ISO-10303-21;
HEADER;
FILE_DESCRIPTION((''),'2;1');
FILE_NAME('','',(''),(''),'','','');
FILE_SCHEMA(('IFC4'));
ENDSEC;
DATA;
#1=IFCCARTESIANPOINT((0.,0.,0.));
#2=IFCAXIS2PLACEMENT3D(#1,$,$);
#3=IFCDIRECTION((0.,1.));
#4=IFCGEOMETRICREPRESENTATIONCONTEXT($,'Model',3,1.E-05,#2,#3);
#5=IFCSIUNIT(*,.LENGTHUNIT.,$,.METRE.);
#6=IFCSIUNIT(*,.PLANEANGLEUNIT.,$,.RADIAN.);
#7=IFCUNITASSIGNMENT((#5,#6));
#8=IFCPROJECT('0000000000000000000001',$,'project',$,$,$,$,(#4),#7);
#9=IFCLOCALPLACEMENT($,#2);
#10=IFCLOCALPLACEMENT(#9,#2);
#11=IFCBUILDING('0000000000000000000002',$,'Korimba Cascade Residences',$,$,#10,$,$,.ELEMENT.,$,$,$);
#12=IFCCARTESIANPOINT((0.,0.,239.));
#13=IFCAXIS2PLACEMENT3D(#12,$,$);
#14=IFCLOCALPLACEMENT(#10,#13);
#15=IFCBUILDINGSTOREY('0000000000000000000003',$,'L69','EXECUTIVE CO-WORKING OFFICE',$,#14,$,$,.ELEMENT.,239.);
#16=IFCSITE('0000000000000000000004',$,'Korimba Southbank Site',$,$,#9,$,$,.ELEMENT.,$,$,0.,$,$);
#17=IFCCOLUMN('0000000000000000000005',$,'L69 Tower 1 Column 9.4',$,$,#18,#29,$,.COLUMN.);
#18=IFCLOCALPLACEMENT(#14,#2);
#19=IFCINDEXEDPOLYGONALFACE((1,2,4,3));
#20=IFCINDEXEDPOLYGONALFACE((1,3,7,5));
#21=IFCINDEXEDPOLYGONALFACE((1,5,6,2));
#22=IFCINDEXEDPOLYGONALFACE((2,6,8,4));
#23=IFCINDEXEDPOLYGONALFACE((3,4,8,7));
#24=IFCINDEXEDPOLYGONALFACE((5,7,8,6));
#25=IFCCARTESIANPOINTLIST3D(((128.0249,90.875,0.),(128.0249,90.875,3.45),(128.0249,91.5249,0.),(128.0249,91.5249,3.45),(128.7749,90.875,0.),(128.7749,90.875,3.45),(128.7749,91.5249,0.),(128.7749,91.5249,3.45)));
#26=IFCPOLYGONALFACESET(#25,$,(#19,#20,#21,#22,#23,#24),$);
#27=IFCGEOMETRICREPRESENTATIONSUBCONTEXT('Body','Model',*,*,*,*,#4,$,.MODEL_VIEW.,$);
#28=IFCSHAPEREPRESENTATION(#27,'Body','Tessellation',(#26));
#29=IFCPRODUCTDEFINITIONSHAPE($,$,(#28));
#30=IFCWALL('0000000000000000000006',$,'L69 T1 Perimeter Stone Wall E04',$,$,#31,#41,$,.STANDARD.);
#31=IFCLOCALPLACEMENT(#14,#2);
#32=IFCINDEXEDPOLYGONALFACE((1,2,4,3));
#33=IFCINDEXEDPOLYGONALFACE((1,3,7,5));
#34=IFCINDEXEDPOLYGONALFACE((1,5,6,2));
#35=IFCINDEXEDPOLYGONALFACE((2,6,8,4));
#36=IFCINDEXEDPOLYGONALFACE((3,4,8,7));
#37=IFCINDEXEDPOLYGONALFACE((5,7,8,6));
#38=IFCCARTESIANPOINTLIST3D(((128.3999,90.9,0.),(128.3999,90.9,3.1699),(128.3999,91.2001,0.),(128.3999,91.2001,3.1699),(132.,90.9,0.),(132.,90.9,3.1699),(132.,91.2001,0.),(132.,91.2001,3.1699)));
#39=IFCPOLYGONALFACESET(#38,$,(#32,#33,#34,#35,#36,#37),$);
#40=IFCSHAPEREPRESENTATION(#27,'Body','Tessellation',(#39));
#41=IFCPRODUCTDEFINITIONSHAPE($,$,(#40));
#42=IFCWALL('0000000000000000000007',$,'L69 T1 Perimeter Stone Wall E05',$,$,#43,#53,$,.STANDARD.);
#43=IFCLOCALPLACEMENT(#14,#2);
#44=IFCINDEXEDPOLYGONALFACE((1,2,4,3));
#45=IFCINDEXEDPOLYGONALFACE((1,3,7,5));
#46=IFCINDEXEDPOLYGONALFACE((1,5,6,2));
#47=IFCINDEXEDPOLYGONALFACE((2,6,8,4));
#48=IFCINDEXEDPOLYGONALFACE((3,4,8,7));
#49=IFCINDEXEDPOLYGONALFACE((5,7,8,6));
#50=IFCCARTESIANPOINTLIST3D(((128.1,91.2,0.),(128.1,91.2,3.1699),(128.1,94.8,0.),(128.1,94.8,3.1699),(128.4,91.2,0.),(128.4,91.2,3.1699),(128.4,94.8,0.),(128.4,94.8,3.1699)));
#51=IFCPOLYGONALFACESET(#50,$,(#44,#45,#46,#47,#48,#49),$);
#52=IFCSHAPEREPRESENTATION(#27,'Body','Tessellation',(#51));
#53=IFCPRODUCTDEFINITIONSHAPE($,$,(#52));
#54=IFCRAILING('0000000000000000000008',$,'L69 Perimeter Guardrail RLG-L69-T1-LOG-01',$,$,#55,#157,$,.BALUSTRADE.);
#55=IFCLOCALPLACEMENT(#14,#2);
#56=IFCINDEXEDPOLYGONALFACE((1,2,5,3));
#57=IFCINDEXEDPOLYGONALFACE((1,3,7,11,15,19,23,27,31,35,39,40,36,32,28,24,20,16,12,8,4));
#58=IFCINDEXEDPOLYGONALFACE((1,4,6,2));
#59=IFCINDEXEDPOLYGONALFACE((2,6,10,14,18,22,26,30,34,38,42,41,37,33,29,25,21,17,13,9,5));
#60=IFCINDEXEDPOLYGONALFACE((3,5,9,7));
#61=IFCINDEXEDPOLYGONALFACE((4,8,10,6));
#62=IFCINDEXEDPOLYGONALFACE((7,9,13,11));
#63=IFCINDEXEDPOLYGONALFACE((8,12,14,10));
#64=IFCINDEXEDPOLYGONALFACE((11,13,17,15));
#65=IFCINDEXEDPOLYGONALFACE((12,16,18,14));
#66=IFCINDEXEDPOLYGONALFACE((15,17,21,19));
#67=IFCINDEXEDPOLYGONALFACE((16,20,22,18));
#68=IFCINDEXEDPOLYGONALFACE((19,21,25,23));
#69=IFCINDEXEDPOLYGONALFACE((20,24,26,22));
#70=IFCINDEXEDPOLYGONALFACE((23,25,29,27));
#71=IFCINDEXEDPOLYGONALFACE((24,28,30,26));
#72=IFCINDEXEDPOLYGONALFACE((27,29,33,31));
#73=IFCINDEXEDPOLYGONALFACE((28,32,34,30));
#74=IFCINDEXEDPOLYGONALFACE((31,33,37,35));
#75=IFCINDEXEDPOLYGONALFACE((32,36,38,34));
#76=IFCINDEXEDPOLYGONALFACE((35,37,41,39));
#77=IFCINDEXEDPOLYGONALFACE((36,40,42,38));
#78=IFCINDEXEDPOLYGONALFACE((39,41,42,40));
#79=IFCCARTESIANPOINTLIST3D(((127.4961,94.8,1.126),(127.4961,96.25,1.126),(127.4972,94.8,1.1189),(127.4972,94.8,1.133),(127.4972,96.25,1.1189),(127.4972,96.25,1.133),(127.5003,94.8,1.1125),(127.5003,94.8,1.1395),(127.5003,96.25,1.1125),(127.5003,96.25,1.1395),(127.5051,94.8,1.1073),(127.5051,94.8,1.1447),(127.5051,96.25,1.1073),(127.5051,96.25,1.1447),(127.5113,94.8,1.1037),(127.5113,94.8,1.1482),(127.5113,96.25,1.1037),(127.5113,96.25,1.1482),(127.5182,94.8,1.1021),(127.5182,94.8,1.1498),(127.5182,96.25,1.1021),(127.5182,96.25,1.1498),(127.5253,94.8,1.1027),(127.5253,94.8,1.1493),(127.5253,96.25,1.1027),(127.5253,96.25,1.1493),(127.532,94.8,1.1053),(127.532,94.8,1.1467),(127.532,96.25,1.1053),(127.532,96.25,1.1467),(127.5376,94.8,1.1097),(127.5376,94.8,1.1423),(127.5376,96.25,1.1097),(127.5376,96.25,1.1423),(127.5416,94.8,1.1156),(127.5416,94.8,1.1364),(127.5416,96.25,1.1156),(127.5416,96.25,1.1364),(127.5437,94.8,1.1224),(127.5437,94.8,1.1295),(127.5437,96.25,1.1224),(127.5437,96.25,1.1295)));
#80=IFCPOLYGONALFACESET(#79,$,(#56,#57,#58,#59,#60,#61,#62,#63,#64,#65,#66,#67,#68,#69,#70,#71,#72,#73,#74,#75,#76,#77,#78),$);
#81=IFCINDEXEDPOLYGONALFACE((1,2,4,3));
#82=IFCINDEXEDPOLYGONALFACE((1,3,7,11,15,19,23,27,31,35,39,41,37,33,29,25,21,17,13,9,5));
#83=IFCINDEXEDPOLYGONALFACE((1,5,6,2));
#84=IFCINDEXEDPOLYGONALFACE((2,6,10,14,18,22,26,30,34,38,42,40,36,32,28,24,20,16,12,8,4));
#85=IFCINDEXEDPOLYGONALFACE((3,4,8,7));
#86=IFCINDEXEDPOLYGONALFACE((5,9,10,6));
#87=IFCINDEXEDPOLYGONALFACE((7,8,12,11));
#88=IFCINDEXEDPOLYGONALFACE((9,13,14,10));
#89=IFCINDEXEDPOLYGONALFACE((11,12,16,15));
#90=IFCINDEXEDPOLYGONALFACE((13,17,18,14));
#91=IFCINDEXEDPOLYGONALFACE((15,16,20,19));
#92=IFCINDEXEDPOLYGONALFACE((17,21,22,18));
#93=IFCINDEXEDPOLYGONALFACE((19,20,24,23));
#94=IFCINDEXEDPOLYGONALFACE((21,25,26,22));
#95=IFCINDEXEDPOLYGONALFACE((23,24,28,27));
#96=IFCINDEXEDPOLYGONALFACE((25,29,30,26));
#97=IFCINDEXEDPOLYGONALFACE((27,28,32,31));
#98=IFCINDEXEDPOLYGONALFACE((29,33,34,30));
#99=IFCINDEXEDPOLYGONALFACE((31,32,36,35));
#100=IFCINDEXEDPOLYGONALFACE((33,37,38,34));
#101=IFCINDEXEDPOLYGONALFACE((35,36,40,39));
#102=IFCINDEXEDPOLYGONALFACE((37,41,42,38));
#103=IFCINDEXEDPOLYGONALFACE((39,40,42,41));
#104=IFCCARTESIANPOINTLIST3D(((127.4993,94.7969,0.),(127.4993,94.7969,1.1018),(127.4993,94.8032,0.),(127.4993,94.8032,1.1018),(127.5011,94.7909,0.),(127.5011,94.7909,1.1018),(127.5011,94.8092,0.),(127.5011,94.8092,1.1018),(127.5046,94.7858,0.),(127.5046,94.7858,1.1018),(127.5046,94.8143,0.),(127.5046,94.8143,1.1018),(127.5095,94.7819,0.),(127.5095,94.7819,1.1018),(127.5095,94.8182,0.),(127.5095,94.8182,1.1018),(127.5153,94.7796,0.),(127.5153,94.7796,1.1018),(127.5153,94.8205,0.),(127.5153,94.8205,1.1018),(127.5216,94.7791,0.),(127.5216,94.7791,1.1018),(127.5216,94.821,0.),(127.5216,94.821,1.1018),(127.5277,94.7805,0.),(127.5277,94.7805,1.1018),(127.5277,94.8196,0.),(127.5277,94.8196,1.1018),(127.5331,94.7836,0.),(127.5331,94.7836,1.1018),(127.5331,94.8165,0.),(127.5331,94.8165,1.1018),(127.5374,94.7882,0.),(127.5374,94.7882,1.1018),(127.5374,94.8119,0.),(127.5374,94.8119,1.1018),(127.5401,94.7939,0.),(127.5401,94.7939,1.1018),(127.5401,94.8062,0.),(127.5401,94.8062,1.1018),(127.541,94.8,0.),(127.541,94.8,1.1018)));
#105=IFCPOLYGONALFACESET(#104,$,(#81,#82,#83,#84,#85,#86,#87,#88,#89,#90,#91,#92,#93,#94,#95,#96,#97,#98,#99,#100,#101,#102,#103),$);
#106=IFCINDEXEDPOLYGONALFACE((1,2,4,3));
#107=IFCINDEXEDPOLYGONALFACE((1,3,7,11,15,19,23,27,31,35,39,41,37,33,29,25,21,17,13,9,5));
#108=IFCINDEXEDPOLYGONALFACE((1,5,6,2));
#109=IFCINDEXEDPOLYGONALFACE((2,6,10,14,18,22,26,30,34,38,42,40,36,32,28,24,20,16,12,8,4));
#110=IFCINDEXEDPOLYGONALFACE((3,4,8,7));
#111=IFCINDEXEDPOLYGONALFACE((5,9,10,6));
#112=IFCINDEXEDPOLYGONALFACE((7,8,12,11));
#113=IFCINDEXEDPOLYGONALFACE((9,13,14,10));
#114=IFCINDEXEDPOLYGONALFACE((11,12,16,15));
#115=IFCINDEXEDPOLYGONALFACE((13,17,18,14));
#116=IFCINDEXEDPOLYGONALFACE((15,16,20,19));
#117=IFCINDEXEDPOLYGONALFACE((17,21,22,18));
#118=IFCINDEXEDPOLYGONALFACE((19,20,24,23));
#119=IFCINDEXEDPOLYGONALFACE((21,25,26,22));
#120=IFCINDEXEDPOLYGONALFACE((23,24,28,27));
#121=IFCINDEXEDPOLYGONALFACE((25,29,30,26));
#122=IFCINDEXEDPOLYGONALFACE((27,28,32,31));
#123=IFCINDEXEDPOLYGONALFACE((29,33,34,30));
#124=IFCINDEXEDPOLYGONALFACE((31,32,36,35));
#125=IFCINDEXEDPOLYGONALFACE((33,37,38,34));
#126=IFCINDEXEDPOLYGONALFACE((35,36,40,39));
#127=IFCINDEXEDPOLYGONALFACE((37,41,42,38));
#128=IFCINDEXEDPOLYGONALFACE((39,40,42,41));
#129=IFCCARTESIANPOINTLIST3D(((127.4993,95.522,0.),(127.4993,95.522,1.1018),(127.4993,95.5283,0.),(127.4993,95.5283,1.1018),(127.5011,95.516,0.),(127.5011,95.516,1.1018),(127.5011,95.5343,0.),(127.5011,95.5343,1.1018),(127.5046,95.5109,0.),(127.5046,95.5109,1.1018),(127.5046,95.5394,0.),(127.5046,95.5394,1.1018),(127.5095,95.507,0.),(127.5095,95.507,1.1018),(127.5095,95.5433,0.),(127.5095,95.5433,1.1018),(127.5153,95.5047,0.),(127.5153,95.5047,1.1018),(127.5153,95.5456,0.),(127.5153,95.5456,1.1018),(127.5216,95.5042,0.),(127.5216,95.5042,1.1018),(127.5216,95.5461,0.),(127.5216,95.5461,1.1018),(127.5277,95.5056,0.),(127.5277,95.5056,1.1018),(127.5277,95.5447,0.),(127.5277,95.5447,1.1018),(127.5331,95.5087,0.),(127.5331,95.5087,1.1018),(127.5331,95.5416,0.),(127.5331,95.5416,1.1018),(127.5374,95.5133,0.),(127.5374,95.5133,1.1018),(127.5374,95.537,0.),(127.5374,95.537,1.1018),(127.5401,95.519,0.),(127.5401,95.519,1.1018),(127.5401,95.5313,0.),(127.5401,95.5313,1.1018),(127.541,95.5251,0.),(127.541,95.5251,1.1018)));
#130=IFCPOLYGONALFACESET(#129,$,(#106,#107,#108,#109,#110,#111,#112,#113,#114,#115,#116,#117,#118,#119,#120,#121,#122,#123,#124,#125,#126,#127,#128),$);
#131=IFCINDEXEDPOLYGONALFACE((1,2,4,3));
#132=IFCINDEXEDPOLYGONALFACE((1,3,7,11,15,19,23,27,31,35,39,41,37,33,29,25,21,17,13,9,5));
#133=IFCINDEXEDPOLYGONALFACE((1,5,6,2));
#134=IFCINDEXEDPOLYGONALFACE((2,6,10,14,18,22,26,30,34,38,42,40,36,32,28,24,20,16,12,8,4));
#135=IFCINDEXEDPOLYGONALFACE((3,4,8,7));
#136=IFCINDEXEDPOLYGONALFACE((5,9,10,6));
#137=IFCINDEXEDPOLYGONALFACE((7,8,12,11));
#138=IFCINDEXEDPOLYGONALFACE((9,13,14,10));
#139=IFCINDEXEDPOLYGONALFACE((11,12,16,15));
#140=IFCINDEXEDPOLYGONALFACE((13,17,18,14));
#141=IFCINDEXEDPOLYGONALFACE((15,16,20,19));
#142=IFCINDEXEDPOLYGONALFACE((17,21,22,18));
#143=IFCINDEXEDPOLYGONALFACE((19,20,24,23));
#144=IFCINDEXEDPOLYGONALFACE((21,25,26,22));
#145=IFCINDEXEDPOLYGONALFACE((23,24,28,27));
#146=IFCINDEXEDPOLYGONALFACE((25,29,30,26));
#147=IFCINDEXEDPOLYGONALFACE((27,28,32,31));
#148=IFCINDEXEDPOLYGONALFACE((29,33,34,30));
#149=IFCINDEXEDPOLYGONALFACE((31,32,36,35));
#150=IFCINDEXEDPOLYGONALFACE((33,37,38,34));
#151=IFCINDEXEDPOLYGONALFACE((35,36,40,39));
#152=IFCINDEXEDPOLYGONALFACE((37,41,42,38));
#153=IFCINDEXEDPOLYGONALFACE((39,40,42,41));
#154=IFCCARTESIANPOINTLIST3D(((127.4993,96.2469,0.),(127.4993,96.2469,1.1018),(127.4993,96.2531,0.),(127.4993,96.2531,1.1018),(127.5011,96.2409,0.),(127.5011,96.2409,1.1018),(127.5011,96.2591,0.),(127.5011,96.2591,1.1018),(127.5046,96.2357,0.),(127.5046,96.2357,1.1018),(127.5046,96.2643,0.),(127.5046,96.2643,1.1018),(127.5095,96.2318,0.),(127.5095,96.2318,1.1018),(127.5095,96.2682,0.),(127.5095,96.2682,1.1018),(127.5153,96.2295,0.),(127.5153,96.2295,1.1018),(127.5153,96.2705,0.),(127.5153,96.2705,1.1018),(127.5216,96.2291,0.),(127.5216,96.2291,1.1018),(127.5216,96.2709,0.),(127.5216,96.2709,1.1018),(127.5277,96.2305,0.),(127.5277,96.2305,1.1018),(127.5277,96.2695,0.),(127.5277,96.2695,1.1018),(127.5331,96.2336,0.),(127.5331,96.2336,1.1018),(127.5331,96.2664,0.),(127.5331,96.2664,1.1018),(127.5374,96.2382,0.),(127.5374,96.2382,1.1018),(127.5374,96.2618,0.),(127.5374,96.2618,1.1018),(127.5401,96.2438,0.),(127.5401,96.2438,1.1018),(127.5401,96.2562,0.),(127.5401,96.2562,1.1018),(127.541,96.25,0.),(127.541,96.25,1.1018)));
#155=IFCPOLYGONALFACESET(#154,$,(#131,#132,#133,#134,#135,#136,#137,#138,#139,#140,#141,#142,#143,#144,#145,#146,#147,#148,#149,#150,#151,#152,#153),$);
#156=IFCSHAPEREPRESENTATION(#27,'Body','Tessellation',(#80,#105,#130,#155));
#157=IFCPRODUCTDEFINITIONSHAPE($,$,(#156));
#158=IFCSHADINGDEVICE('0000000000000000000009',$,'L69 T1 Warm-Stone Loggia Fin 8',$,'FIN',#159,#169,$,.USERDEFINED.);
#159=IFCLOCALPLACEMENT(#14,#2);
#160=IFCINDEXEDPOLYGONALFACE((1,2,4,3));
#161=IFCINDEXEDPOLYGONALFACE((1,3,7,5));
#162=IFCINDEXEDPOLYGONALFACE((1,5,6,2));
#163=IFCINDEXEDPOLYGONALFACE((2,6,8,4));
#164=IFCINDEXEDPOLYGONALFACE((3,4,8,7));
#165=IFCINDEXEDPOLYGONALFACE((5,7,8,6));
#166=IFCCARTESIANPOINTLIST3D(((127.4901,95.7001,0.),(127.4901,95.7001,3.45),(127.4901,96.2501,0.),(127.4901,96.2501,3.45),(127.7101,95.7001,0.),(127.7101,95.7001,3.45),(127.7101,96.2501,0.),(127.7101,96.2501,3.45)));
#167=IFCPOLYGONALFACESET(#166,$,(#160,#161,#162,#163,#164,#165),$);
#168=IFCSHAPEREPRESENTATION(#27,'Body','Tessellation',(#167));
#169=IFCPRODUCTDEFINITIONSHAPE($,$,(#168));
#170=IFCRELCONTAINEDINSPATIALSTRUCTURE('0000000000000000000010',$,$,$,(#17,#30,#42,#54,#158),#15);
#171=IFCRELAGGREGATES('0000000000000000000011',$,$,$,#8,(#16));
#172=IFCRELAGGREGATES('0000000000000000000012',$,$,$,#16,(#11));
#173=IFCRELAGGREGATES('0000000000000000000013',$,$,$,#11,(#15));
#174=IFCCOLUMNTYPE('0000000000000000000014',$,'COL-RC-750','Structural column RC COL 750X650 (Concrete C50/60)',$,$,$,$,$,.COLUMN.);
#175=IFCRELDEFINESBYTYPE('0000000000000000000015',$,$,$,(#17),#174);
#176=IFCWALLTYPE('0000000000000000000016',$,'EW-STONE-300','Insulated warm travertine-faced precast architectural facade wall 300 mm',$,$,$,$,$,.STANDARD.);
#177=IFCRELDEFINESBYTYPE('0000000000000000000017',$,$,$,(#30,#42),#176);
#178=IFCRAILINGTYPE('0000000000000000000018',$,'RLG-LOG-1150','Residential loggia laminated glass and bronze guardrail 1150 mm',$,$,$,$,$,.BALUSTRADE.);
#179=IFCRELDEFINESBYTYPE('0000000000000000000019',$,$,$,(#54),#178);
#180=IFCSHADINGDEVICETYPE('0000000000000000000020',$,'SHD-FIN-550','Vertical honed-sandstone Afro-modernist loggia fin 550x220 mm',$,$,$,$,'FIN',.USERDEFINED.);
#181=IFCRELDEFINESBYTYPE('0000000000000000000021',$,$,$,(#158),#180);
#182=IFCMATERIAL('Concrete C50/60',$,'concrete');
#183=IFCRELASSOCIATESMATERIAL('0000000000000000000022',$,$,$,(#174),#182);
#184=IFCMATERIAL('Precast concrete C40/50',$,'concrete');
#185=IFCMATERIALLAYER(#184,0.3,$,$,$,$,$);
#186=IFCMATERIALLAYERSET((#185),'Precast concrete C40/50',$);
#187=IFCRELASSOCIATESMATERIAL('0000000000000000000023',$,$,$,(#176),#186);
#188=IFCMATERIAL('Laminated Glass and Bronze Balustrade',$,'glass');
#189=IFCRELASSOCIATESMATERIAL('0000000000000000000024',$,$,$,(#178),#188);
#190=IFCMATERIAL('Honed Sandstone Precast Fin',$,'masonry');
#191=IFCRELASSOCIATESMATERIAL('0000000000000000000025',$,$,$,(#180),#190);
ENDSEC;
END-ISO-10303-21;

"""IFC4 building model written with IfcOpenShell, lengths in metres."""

from ifc_helpers import new_model, si_unit, direction, frame, frame_2d, origin, origin_2d, place, context, subcontext, project, spatial, rectangle, circle, extrude, material, layer, layer_set, material_profile, profile_set, type_object, element, save


model = new_model("IFC4")

# Units and contexts
model_context = context("Model", 3, precision=1e-05, world=origin(), true_north=direction((0.0, 1.0)))
body_context = subcontext(model_context, "Body", "Model", "MODEL_VIEW")
ifc_project = project(units=[si_unit("LENGTHUNIT", "METRE"), si_unit("PLANEANGLEUNIT", "RADIAN")], contexts=[model_context])

# Site, building, storey
site_placement = place(None, origin())
site = spatial("IfcSite", under=ifc_project, at=site_placement, Name="Korimba Southbank Site", CompositionType="ELEMENT", RefElevation=0.0)
building_placement = place(site_placement, origin())
building = spatial("IfcBuilding", under=site, at=building_placement, Name="Korimba Cascade Residences", CompositionType="ELEMENT")
storey_placement = place(building_placement, frame((0.0, 0.0, 239.0)))
storey = spatial("IfcBuildingStorey", under=building, at=storey_placement, Name="L69", Description="EXECUTIVE CO-WORKING OFFICE", CompositionType="ELEMENT", Elevation=239.0)

# Column
ifc_material_1 = material(Name="Concrete C50/60", Category="concrete")
ifc_material_profile = material_profile(ifc_material_1, rectangle(XDim=0.75, YDim=0.6499, at=origin_2d()), Name="Concrete C50/60")
ifc_profile_set = profile_set([ifc_material_profile], Name="Concrete C50/60")
column_type = type_object("IfcColumnType", Name="COL-RC-750", Description="Structural column RC COL 750X650 (Concrete C50/60)", PredefinedType="COLUMN", material=ifc_profile_set)
column_placement = place(storey_placement, frame((128.3999, 91.2, 0.0), z_axis=(0.0, 0.0, 1.0), x_axis=(1.0, 0.0, 0.0)))
element("IfcColumn", 1, at=column_placement, inside=storey, type_object=column_type, Name="L69 Tower 1 Column 9.4", PredefinedType="COLUMN", context=body_context, shape_type="SweptSolid", body=[
    extrude(rectangle(XDim=0.75, YDim=0.6499, at=origin_2d()), origin(), (0.0, 0.0, 1.0), 3.45),
])

# Shared definitions
ifc_material_2 = material(Name="Precast concrete C40/50", Category="concrete")

# Walls
ifc_layer_1 = layer(ifc_material_2, 0.3)
ifc_layer_set_1 = layer_set([ifc_layer_1], Name="Precast concrete C40/50")
wall_type_1 = type_object("IfcWallType", Name="EW-STONE-300", Description="Insulated warm travertine-faced precast architectural facade wall 300 mm", PredefinedType="STANDARD", material=ifc_layer_set_1)
for number, where, z_axis, x_axis, name in (
    (2, (132.0, 91.05, 0.0), (0.0, 0.0, 1.0), (-1.0, 0.0, 0.0), "L69 T1 Perimeter Stone Wall E04"),
    (3, (128.25, 91.2, 0.0), (0.0, 0.0, 1.0), (0.0, 1.0, 0.0), "L69 T1 Perimeter Stone Wall E05"),
):
    element("IfcWall", number, at=place(storey_placement, frame(where, z_axis=z_axis, x_axis=x_axis)), inside=storey, type_object=wall_type_1, Name=name, PredefinedType="STANDARD", context=body_context, shape_type="SweptSolid", body=[
        extrude(rectangle(XDim=3.6001, YDim=0.3, at=frame_2d((1.8, 0.0))), origin(), (0.0, 0.0, 1.0), 3.1699),
    ])

# Railing
ifc_material_3 = material(Name="Laminated Glass and Bronze Balustrade", Category="glass")
railing_type = type_object("IfcRailingType", Name="RLG-LOG-1150", Description="Residential loggia laminated glass and bronze guardrail 1150 mm", PredefinedType="BALUSTRADE", material=ifc_material_3)
railing_1_placement = place(storey_placement, frame((127.52, 94.8, 0.0)))
element("IfcRailing", 4, at=railing_1_placement, inside=storey, type_object=railing_type, Name="L69 Perimeter Guardrail RLG-L69-T1-LOG-01", PredefinedType="BALUSTRADE", context=body_context, shape_type="SweptSolid", body=[
    extrude(circle(Radius=0.0239, at=origin_2d()), frame((0.0, 0.0, 1.126), z_axis=(0.0, 1.0, 0.0), x_axis=(-1.0, 0.0, 0.0)), (0.0, 0.0, 1.0), 1.45),
    extrude(circle(Radius=0.021, at=origin_2d()), origin(), (0.0, 0.0, 1.0), 1.1018),
    extrude(circle(Radius=0.021, at=origin_2d()), frame((0.0, 0.7251, 0.0)), (0.0, 0.0, 1.0), 1.1018),
    extrude(circle(Radius=0.021, at=origin_2d()), frame((0.0, 1.45, 0.0)), (0.0, 0.0, 1.0), 1.1018),
])

# Shading device
ifc_material_4 = material(Name="Honed Sandstone Precast Fin", Category="masonry")
shading_device_type = type_object("IfcShadingDeviceType", Name="SHD-FIN-550", Description="Vertical honed-sandstone Afro-modernist loggia fin 550x220 mm", ElementType="FIN", PredefinedType="USERDEFINED", material=ifc_material_4)
shading_device_placement = place(storey_placement, frame((127.6001, 95.9751, 0.0), z_axis=(0.0, 0.0, 1.0), x_axis=(1.0, 0.0, 0.0)))
element("IfcShadingDevice", 5, at=shading_device_placement, inside=storey, type_object=shading_device_type, Name="L69 T1 Warm-Stone Loggia Fin 8", ObjectType="FIN", PredefinedType="USERDEFINED", context=body_context, shape_type="SweptSolid", body=[
    extrude(rectangle(XDim=0.22, YDim=0.55, at=origin_2d()), origin(), (0.0, 0.0, 1.0), 3.45),
])

save(model, "model.ifc")
